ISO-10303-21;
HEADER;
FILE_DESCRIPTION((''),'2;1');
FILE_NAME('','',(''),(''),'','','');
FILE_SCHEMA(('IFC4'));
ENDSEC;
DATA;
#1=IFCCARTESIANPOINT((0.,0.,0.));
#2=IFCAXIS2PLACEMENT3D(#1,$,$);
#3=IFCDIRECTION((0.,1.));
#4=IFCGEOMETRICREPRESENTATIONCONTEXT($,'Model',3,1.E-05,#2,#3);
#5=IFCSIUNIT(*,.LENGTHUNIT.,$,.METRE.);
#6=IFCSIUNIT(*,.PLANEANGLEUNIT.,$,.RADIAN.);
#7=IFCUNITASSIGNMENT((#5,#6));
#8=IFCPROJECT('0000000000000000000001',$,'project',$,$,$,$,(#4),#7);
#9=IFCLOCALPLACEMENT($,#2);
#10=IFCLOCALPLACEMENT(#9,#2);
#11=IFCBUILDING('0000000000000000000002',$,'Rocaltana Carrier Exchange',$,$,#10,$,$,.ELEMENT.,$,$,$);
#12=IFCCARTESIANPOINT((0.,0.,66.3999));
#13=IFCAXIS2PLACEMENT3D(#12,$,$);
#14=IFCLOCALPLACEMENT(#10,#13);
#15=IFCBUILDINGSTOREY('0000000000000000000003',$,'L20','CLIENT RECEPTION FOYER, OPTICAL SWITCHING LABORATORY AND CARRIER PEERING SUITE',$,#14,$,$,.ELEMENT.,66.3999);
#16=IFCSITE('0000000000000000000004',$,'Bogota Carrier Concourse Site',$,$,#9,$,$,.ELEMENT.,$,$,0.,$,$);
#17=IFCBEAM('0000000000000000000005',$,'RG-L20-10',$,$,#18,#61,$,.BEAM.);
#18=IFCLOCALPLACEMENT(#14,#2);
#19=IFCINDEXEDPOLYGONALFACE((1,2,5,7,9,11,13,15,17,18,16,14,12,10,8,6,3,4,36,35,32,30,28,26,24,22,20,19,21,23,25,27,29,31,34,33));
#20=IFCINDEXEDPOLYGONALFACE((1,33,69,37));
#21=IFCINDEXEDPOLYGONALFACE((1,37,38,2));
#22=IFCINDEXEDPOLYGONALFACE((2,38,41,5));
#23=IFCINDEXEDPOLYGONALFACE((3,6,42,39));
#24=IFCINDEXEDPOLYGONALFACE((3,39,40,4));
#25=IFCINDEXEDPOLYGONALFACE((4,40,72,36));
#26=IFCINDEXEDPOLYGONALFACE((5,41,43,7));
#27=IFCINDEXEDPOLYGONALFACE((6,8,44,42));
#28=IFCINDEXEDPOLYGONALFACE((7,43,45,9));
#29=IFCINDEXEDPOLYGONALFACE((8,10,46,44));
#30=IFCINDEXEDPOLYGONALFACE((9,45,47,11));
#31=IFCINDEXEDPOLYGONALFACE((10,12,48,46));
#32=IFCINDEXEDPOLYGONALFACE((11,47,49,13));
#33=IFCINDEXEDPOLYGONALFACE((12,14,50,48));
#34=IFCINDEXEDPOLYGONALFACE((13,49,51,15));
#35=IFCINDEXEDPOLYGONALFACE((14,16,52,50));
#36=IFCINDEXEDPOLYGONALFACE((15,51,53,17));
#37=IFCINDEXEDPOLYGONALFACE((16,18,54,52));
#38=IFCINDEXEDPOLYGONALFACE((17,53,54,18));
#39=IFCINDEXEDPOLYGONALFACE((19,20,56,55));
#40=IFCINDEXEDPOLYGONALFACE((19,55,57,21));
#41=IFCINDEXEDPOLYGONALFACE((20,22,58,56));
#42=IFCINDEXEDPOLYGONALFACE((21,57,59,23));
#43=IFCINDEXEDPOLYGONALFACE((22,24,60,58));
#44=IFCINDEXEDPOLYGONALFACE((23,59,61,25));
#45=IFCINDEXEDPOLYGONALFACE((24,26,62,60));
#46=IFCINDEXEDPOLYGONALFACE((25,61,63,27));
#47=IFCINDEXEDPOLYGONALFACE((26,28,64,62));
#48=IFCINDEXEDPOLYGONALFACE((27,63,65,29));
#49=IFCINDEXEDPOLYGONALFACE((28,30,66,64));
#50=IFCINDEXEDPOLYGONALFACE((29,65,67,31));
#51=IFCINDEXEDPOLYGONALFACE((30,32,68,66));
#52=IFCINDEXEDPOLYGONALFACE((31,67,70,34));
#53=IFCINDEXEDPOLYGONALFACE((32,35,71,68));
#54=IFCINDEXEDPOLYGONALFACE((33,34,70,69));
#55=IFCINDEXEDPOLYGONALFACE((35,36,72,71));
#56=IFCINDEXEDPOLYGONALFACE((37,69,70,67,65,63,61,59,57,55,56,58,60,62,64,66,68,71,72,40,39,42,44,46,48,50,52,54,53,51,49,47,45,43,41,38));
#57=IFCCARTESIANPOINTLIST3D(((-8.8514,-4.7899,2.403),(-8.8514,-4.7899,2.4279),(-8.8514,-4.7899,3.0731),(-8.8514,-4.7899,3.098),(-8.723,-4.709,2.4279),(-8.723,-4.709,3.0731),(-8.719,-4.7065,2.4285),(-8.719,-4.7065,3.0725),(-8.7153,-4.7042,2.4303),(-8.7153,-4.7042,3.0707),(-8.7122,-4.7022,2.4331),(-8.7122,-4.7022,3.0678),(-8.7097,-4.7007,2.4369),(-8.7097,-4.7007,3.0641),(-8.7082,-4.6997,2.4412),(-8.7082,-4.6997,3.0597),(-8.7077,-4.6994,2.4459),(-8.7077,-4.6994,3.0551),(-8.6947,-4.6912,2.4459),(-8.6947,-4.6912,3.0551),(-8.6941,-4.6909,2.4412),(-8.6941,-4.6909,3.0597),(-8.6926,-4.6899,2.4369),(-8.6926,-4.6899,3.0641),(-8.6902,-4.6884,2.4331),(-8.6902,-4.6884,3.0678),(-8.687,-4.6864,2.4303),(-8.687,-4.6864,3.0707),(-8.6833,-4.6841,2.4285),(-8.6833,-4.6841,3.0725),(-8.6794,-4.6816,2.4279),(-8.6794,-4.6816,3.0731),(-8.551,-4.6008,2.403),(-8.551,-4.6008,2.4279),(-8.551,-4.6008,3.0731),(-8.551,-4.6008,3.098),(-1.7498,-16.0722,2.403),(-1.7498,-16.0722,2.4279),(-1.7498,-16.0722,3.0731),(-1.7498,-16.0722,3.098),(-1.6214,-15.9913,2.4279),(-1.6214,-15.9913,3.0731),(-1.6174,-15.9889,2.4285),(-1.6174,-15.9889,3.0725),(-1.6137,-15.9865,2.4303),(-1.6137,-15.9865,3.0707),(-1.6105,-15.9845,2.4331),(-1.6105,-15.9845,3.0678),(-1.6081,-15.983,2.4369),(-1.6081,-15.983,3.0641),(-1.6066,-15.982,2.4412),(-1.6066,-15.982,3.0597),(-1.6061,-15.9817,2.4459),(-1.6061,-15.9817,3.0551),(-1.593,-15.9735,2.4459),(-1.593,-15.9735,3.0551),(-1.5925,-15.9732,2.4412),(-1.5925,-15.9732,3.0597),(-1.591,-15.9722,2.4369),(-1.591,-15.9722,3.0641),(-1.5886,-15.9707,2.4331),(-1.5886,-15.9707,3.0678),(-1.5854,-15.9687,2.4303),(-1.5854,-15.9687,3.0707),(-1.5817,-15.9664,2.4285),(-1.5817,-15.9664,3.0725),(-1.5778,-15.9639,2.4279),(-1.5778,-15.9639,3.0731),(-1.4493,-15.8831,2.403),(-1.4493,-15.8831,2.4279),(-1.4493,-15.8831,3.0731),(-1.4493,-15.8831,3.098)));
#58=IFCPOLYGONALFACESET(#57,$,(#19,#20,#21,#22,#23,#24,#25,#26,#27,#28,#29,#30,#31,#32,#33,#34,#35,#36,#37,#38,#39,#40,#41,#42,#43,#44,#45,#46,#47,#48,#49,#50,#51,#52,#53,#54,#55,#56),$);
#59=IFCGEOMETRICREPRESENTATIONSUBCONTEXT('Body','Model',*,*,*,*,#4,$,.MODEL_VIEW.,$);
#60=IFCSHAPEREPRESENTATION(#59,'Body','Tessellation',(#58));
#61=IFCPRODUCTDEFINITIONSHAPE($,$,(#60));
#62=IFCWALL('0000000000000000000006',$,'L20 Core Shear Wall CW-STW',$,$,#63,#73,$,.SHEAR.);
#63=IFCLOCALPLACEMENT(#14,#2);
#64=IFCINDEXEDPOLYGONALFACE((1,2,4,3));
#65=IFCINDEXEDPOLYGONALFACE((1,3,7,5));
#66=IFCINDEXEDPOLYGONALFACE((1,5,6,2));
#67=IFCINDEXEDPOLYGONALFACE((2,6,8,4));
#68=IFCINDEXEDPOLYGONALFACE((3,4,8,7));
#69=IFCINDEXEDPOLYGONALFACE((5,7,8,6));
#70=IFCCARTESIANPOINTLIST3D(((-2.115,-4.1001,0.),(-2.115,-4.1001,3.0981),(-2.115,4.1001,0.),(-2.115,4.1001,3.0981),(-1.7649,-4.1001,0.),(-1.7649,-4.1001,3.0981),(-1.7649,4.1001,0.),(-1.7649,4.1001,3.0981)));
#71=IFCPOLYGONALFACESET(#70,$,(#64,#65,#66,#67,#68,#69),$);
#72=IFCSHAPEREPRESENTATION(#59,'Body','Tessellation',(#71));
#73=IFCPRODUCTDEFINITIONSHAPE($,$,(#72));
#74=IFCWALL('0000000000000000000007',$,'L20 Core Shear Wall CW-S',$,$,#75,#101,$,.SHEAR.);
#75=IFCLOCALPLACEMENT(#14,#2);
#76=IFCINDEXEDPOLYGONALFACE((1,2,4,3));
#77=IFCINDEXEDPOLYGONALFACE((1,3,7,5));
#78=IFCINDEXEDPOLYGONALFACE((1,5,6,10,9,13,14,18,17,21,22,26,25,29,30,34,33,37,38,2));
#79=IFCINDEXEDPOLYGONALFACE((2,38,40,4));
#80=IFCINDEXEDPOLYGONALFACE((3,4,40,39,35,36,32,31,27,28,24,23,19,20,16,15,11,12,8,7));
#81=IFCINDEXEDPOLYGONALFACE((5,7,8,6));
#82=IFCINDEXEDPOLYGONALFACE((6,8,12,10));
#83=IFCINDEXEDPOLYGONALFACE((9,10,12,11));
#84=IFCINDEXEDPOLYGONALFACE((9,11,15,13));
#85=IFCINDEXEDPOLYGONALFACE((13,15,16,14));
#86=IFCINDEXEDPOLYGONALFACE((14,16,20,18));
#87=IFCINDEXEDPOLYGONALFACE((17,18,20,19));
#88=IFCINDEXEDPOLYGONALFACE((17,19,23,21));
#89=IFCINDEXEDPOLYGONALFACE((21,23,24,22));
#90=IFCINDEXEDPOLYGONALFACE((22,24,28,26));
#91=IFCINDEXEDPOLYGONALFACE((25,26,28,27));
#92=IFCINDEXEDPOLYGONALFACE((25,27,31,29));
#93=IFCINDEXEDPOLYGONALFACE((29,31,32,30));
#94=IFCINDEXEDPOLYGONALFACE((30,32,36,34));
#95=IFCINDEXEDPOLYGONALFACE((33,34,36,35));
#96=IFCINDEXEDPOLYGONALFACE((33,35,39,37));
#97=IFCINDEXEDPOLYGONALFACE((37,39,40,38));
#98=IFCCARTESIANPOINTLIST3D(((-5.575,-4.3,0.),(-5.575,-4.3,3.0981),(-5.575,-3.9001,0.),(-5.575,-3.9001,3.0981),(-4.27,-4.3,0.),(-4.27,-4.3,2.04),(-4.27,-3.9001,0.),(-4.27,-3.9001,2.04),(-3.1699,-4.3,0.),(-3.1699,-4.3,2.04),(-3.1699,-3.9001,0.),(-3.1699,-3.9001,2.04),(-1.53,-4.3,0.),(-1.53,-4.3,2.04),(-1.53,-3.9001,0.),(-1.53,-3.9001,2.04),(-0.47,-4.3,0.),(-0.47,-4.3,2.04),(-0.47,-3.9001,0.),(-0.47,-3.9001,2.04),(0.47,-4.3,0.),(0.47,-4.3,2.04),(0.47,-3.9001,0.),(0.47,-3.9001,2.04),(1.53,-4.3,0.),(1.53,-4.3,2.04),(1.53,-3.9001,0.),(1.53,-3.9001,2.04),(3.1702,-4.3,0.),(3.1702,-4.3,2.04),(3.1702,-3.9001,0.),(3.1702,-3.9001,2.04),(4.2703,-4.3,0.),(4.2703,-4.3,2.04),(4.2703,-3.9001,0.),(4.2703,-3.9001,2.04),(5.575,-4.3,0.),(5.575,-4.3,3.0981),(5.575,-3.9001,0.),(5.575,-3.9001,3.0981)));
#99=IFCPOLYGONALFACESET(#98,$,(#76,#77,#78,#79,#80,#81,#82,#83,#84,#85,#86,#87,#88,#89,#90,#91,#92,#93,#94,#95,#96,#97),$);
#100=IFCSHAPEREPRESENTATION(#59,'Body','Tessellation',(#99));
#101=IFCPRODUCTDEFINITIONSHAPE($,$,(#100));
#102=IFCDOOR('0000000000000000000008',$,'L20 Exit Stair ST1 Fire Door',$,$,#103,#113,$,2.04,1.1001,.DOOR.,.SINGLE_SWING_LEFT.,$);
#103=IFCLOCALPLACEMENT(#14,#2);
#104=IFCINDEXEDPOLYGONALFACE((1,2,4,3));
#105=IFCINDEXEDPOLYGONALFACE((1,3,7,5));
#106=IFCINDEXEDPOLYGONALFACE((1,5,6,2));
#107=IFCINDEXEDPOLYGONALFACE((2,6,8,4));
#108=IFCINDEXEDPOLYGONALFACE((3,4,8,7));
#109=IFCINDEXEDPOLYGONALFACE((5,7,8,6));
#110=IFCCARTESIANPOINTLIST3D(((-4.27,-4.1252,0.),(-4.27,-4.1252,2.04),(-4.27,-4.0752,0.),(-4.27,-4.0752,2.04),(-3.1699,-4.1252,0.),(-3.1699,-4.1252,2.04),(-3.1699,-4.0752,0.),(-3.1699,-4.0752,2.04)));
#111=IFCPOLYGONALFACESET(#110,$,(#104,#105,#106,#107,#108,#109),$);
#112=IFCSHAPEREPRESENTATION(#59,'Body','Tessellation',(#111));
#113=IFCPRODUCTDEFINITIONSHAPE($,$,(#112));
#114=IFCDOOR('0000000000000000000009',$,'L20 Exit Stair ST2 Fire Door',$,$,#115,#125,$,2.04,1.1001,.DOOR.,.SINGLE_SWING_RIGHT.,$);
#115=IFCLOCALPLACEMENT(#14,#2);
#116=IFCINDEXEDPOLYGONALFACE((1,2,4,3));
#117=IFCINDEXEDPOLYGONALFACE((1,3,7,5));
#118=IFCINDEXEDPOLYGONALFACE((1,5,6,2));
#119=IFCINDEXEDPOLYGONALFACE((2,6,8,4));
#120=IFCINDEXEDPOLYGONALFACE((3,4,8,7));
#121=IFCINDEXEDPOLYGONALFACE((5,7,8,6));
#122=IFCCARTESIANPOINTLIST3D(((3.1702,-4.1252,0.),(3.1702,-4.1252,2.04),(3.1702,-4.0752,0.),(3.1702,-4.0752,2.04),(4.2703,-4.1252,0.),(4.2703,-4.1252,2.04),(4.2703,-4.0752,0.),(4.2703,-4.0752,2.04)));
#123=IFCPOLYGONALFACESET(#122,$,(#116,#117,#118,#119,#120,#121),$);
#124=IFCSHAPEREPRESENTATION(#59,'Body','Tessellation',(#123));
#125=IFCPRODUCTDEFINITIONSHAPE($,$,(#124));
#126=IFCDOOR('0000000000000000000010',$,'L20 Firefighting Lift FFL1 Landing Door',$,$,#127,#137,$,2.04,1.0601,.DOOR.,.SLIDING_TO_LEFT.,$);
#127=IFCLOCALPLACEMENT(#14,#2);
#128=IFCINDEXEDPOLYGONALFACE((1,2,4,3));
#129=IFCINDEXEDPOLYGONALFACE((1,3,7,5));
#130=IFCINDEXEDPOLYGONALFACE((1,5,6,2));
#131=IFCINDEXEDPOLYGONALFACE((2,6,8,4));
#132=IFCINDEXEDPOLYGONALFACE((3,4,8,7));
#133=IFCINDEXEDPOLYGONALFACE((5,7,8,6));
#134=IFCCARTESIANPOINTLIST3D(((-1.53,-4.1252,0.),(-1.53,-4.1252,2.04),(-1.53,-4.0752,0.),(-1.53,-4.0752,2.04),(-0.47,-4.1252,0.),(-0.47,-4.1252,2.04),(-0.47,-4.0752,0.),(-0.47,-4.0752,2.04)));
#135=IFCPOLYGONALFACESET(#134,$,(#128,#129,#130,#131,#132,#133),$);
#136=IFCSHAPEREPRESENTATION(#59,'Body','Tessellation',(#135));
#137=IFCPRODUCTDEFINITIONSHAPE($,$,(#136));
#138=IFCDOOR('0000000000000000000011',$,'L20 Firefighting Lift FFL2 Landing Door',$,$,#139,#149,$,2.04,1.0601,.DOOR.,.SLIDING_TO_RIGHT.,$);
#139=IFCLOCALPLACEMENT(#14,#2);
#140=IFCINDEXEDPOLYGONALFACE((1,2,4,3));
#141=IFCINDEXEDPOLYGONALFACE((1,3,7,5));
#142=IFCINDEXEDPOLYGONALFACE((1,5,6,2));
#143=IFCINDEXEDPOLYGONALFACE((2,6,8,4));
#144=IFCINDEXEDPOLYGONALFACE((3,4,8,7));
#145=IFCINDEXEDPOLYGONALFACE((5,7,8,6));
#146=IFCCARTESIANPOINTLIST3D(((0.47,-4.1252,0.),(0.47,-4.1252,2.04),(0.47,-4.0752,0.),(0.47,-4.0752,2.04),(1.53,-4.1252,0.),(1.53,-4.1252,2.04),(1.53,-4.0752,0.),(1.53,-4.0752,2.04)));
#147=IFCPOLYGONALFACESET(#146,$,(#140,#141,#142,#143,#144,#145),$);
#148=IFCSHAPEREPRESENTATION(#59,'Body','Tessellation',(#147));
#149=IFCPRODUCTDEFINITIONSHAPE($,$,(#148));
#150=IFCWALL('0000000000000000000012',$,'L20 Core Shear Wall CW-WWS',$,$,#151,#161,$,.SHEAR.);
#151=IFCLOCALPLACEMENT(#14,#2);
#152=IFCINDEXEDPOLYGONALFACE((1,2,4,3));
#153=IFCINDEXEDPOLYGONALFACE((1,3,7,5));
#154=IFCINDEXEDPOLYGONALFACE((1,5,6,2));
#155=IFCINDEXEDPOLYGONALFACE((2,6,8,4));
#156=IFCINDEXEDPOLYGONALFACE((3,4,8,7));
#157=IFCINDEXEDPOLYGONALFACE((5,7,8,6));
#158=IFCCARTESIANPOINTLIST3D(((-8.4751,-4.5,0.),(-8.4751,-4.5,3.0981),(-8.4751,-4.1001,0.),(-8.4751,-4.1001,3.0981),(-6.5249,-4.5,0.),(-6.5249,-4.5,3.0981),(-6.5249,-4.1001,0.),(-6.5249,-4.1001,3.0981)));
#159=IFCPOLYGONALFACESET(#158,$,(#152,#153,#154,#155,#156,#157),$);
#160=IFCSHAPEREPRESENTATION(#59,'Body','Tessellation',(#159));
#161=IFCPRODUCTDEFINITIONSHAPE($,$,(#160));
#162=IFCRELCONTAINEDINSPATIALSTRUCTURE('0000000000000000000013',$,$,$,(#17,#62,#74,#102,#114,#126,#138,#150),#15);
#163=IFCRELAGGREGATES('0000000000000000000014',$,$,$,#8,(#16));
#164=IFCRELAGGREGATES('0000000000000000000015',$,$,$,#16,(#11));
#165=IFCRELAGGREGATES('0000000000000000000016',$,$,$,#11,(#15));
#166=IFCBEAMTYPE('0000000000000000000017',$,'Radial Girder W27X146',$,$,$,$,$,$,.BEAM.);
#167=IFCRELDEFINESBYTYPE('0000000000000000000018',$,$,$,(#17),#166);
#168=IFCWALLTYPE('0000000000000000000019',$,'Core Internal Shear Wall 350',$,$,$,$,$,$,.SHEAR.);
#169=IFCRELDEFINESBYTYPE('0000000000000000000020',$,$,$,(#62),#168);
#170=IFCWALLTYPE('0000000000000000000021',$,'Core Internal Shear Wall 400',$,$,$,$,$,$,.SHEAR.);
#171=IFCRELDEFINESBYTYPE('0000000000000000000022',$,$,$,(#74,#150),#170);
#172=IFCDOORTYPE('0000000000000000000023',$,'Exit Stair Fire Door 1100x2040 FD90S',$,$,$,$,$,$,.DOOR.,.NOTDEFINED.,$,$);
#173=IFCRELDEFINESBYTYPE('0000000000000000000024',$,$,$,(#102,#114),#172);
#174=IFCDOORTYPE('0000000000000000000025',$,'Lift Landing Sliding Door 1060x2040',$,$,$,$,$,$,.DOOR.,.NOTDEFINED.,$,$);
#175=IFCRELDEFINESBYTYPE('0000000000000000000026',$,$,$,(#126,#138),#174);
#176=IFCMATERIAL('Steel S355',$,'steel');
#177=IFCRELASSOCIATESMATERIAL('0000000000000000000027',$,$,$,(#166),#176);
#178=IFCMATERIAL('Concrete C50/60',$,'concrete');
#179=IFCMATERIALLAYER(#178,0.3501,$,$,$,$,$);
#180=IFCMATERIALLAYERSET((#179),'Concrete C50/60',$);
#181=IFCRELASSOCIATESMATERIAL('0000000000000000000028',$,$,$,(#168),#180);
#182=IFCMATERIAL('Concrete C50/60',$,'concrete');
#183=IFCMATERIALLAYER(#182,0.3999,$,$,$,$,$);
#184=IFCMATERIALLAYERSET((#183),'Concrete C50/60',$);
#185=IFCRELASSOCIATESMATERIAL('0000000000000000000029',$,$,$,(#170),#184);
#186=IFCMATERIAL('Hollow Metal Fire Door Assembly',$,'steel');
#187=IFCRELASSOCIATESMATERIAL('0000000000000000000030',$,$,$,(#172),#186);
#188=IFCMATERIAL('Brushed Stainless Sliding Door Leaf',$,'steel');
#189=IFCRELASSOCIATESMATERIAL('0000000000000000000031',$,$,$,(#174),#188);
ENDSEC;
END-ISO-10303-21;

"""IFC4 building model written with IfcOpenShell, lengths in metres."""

from ifc_helpers import new_model, si_unit, direction, frame, frame_2d, origin, origin_2d, place, context, subcontext, project, spatial, rectangle, i_section, extrude, material, layer, layer_set, material_profile, profile_set, type_object, element, fill, save


model = new_model("IFC4")

# Units and contexts
model_context = context("Model", 3, precision=1e-05, world=origin(), true_north=direction((0.0, 1.0)))
body_context = subcontext(model_context, "Body", "Model", "MODEL_VIEW")
ifc_project = project(units=[si_unit("LENGTHUNIT", "METRE"), si_unit("PLANEANGLEUNIT", "RADIAN")], contexts=[model_context])

# Site, building, storey
site_placement = place(None, origin())
site = spatial("IfcSite", under=ifc_project, at=site_placement, Name="Bogota Carrier Concourse Site", CompositionType="ELEMENT", RefElevation=0.0)
building_placement = place(site_placement, origin())
building = spatial("IfcBuilding", under=site, at=building_placement, Name="Rocaltana Carrier Exchange", CompositionType="ELEMENT")
storey_placement = place(building_placement, frame((0.0, 0.0, 66.3999)))
storey = spatial("IfcBuildingStorey", under=building, at=storey_placement, Name="L20", Description="CLIENT RECEPTION FOYER, OPTICAL SWITCHING LABORATORY AND CARRIER PEERING SUITE", CompositionType="ELEMENT", Elevation=66.3999)

# Beam
ifc_material_1 = material(Name="Steel S355", Category="steel")
ifc_material_profile_1 = material_profile(ifc_material_1, i_section(OverallWidth=0.355, OverallDepth=0.6951, WebThickness=0.0154, FlangeThickness=0.0249, FilletRadius=0.0181, at=origin_2d()), Name="W27X146")
ifc_profile_set_1 = profile_set([ifc_material_profile_1], Name="Steel S355")
beam_type = type_object("IfcBeamType", Name="Radial Girder W27X146", PredefinedType="BEAM", material=ifc_profile_set_1)
beam_placement = place(storey_placement, frame((-8.7012, -4.6953, 2.7505), z_axis=(0.532703, -0.846303, 0.0), x_axis=(0.846303, 0.532703, 0.0)))
element("IfcBeam", 1, at=beam_placement, inside=storey, type_object=beam_type, Name="RG-L20-10", PredefinedType="BEAM", context=body_context, shape_type="SweptSolid", body=[
    extrude(i_section(OverallWidth=0.355, OverallDepth=0.6951, WebThickness=0.0154, FlangeThickness=0.0249, FilletRadius=0.0181, at=origin_2d()), origin(), (0.0, 0.0, 1.0), 13.3313),
])

# Wall
ifc_material_2 = material(Name="Concrete C50/60", Category="concrete")
ifc_layer_1 = layer(ifc_material_2, 0.3501)
ifc_layer_set_1 = layer_set([ifc_layer_1], Name="Concrete C50/60")
wall_type_1 = type_object("IfcWallType", Name="Core Internal Shear Wall 350", PredefinedType="SHEAR", material=ifc_layer_set_1)
wall_1_placement = place(storey_placement, frame((-1.9399, -4.1001, 0.0), z_axis=(0.0, 0.0, 1.0), x_axis=(0.0, 1.0, 0.0)))
element("IfcWall", 2, at=wall_1_placement, inside=storey, type_object=wall_type_1, Name="L20 Core Shear Wall CW-STW", PredefinedType="SHEAR", context=body_context, shape_type="SweptSolid", body=[
    extrude(rectangle(XDim=8.2002, YDim=0.3501, at=frame_2d((4.1001, 0.0))), origin(), (0.0, 0.0, 1.0), 3.0981),
])

# Wall, openings, doors
ifc_material_3 = material(Name="Concrete C50/60", Category="concrete")
ifc_layer_2 = layer(ifc_material_3, 0.3999)
ifc_layer_set_2 = layer_set([ifc_layer_2], Name="Concrete C50/60")
wall_type_2 = type_object("IfcWallType", Name="Core Internal Shear Wall 400", PredefinedType="SHEAR", material=ifc_layer_set_2)
wall_2_placement = place(storey_placement, frame((-5.575, -4.1001, 0.0), z_axis=(0.0, 0.0, 1.0), x_axis=(1.0, 0.0, 0.0)))
wall_2 = element("IfcWall", 3, at=wall_2_placement, inside=storey, type_object=wall_type_2, Name="L20 Core Shear Wall CW-S", PredefinedType="SHEAR", context=body_context, shape_type="SweptSolid", body=[
    extrude(rectangle(XDim=11.1499, YDim=0.3999, at=frame_2d((5.575, 0.0))), origin(), (0.0, 0.0, 1.0), 3.0981),
])
opening_1_placement = place(wall_2_placement, frame((1.3049, 0.0, 0.0)))
opening_1 = element("IfcOpeningElement", 4, at=opening_1_placement, cuts=wall_2, PredefinedType="OPENING", context=body_context, shape_type="SweptSolid", body=[
    extrude(rectangle(XDim=1.1001, YDim=2.04, at=frame_2d((0.55, 1.02))), frame((0.0, 0.21, 0.0), z_axis=(0.0, -1.0, 0.0), x_axis=(1.0, 0.0, 0.0)), (0.0, 0.0, 1.0), 0.4199),
])
opening_2_placement = place(wall_2_placement, frame((8.7451, 0.0, 0.0)))
opening_2 = element("IfcOpeningElement", 5, at=opening_2_placement, cuts=wall_2, PredefinedType="OPENING", context=body_context, shape_type="SweptSolid", body=[
    extrude(rectangle(XDim=1.1001, YDim=2.04, at=frame_2d((0.55, 1.02))), frame((0.0, 0.21, 0.0), z_axis=(0.0, -1.0, 0.0), x_axis=(1.0, 0.0, 0.0)), (0.0, 0.0, 1.0), 0.4199),
])
opening_3_placement = place(wall_2_placement, frame((4.0449, 0.0, 0.0)))
opening_3 = element("IfcOpeningElement", 6, at=opening_3_placement, cuts=wall_2, PredefinedType="OPENING", context=body_context, shape_type="SweptSolid", body=[
    extrude(rectangle(XDim=1.0601, YDim=2.04, at=frame_2d((0.53, 1.02))), frame((0.0, 0.21, 0.0), z_axis=(0.0, -1.0, 0.0), x_axis=(1.0, 0.0, 0.0)), (0.0, 0.0, 1.0), 0.4199),
])
opening_4_placement = place(wall_2_placement, frame((6.0449, 0.0, 0.0)))
opening_4 = element("IfcOpeningElement", 7, at=opening_4_placement, cuts=wall_2, PredefinedType="OPENING", context=body_context, shape_type="SweptSolid", body=[
    extrude(rectangle(XDim=1.0601, YDim=2.04, at=frame_2d((0.53, 1.02))), frame((0.0, 0.21, 0.0), z_axis=(0.0, -1.0, 0.0), x_axis=(1.0, 0.0, 0.0)), (0.0, 0.0, 1.0), 0.4199),
])
ifc_material_4 = material(Name="Hollow Metal Fire Door Assembly", Category="steel")
door_type_1 = type_object("IfcDoorType", Name="Exit Stair Fire Door 1100x2040 FD90S", OperationType="NOTDEFINED", PredefinedType="DOOR", material=ifc_material_4)
door_1_placement = place(opening_1_placement, origin())
door_1 = element("IfcDoor", 8, at=door_1_placement, inside=storey, type_object=door_type_1, Name="L20 Exit Stair ST1 Fire Door", OperationType="SINGLE_SWING_LEFT", OverallHeight=2.04, OverallWidth=1.1001, PredefinedType="DOOR", context=body_context, shape_type="SweptSolid", body=[
    extrude(rectangle(XDim=1.1001, YDim=2.04, at=frame_2d((0.55, 1.02))), frame((0.0, 0.0249, 0.0), z_axis=(0.0, -1.0, 0.0), x_axis=(1.0, 0.0, 0.0)), (0.0, 0.0, 1.0), 0.05),
])
fill(opening_1, door_1)
door_2_placement = place(opening_2_placement, origin())
door_2 = element("IfcDoor", 9, at=door_2_placement, inside=storey, type_object=door_type_1, Name="L20 Exit Stair ST2 Fire Door", OperationType="SINGLE_SWING_RIGHT", OverallHeight=2.04, OverallWidth=1.1001, PredefinedType="DOOR", context=body_context, shape_type="SweptSolid", body=[
    extrude(rectangle(XDim=1.1001, YDim=2.04, at=frame_2d((0.55, 1.02))), frame((0.0, 0.0249, 0.0), z_axis=(0.0, -1.0, 0.0), x_axis=(1.0, 0.0, 0.0)), (0.0, 0.0, 1.0), 0.05),
])
fill(opening_2, door_2)
ifc_material_5 = material(Name="Brushed Stainless Sliding Door Leaf", Category="steel")
door_type_2 = type_object("IfcDoorType", Name="Lift Landing Sliding Door 1060x2040", OperationType="NOTDEFINED", PredefinedType="DOOR", material=ifc_material_5)
door_3_placement = place(opening_3_placement, origin())
door_3 = element("IfcDoor", 10, at=door_3_placement, inside=storey, type_object=door_type_2, Name="L20 Firefighting Lift FFL1 Landing Door", OperationType="SLIDING_TO_LEFT", OverallHeight=2.04, OverallWidth=1.0601, PredefinedType="DOOR", context=body_context, shape_type="SweptSolid", body=[
    extrude(rectangle(XDim=1.0601, YDim=2.04, at=frame_2d((0.53, 1.02))), frame((0.0, 0.0249, 0.0), z_axis=(0.0, -1.0, 0.0), x_axis=(1.0, 0.0, 0.0)), (0.0, 0.0, 1.0), 0.05),
])
fill(opening_3, door_3)
door_4_placement = place(opening_4_placement, origin())
door_4 = element("IfcDoor", 11, at=door_4_placement, inside=storey, type_object=door_type_2, Name="L20 Firefighting Lift FFL2 Landing Door", OperationType="SLIDING_TO_RIGHT", OverallHeight=2.04, OverallWidth=1.0601, PredefinedType="DOOR", context=body_context, shape_type="SweptSolid", body=[
    extrude(rectangle(XDim=1.0601, YDim=2.04, at=frame_2d((0.53, 1.02))), frame((0.0, 0.0249, 0.0), z_axis=(0.0, -1.0, 0.0), x_axis=(1.0, 0.0, 0.0)), (0.0, 0.0, 1.0), 0.05),
])
fill(opening_4, door_4)

# Wall
wall_3_placement = place(storey_placement, frame((-8.4751, -4.3, 0.0), z_axis=(0.0, 0.0, 1.0), x_axis=(1.0, 0.0, 0.0)))
element("IfcWall", 12, at=wall_3_placement, inside=storey, type_object=wall_type_2, Name="L20 Core Shear Wall CW-WWS", PredefinedType="SHEAR", context=body_context, shape_type="SweptSolid", body=[
    extrude(rectangle(XDim=1.9502, YDim=0.3999, at=frame_2d((0.9751, 0.0))), origin(), (0.0, 0.0, 1.0), 3.0981),
])

save(model, "model.ifc")
